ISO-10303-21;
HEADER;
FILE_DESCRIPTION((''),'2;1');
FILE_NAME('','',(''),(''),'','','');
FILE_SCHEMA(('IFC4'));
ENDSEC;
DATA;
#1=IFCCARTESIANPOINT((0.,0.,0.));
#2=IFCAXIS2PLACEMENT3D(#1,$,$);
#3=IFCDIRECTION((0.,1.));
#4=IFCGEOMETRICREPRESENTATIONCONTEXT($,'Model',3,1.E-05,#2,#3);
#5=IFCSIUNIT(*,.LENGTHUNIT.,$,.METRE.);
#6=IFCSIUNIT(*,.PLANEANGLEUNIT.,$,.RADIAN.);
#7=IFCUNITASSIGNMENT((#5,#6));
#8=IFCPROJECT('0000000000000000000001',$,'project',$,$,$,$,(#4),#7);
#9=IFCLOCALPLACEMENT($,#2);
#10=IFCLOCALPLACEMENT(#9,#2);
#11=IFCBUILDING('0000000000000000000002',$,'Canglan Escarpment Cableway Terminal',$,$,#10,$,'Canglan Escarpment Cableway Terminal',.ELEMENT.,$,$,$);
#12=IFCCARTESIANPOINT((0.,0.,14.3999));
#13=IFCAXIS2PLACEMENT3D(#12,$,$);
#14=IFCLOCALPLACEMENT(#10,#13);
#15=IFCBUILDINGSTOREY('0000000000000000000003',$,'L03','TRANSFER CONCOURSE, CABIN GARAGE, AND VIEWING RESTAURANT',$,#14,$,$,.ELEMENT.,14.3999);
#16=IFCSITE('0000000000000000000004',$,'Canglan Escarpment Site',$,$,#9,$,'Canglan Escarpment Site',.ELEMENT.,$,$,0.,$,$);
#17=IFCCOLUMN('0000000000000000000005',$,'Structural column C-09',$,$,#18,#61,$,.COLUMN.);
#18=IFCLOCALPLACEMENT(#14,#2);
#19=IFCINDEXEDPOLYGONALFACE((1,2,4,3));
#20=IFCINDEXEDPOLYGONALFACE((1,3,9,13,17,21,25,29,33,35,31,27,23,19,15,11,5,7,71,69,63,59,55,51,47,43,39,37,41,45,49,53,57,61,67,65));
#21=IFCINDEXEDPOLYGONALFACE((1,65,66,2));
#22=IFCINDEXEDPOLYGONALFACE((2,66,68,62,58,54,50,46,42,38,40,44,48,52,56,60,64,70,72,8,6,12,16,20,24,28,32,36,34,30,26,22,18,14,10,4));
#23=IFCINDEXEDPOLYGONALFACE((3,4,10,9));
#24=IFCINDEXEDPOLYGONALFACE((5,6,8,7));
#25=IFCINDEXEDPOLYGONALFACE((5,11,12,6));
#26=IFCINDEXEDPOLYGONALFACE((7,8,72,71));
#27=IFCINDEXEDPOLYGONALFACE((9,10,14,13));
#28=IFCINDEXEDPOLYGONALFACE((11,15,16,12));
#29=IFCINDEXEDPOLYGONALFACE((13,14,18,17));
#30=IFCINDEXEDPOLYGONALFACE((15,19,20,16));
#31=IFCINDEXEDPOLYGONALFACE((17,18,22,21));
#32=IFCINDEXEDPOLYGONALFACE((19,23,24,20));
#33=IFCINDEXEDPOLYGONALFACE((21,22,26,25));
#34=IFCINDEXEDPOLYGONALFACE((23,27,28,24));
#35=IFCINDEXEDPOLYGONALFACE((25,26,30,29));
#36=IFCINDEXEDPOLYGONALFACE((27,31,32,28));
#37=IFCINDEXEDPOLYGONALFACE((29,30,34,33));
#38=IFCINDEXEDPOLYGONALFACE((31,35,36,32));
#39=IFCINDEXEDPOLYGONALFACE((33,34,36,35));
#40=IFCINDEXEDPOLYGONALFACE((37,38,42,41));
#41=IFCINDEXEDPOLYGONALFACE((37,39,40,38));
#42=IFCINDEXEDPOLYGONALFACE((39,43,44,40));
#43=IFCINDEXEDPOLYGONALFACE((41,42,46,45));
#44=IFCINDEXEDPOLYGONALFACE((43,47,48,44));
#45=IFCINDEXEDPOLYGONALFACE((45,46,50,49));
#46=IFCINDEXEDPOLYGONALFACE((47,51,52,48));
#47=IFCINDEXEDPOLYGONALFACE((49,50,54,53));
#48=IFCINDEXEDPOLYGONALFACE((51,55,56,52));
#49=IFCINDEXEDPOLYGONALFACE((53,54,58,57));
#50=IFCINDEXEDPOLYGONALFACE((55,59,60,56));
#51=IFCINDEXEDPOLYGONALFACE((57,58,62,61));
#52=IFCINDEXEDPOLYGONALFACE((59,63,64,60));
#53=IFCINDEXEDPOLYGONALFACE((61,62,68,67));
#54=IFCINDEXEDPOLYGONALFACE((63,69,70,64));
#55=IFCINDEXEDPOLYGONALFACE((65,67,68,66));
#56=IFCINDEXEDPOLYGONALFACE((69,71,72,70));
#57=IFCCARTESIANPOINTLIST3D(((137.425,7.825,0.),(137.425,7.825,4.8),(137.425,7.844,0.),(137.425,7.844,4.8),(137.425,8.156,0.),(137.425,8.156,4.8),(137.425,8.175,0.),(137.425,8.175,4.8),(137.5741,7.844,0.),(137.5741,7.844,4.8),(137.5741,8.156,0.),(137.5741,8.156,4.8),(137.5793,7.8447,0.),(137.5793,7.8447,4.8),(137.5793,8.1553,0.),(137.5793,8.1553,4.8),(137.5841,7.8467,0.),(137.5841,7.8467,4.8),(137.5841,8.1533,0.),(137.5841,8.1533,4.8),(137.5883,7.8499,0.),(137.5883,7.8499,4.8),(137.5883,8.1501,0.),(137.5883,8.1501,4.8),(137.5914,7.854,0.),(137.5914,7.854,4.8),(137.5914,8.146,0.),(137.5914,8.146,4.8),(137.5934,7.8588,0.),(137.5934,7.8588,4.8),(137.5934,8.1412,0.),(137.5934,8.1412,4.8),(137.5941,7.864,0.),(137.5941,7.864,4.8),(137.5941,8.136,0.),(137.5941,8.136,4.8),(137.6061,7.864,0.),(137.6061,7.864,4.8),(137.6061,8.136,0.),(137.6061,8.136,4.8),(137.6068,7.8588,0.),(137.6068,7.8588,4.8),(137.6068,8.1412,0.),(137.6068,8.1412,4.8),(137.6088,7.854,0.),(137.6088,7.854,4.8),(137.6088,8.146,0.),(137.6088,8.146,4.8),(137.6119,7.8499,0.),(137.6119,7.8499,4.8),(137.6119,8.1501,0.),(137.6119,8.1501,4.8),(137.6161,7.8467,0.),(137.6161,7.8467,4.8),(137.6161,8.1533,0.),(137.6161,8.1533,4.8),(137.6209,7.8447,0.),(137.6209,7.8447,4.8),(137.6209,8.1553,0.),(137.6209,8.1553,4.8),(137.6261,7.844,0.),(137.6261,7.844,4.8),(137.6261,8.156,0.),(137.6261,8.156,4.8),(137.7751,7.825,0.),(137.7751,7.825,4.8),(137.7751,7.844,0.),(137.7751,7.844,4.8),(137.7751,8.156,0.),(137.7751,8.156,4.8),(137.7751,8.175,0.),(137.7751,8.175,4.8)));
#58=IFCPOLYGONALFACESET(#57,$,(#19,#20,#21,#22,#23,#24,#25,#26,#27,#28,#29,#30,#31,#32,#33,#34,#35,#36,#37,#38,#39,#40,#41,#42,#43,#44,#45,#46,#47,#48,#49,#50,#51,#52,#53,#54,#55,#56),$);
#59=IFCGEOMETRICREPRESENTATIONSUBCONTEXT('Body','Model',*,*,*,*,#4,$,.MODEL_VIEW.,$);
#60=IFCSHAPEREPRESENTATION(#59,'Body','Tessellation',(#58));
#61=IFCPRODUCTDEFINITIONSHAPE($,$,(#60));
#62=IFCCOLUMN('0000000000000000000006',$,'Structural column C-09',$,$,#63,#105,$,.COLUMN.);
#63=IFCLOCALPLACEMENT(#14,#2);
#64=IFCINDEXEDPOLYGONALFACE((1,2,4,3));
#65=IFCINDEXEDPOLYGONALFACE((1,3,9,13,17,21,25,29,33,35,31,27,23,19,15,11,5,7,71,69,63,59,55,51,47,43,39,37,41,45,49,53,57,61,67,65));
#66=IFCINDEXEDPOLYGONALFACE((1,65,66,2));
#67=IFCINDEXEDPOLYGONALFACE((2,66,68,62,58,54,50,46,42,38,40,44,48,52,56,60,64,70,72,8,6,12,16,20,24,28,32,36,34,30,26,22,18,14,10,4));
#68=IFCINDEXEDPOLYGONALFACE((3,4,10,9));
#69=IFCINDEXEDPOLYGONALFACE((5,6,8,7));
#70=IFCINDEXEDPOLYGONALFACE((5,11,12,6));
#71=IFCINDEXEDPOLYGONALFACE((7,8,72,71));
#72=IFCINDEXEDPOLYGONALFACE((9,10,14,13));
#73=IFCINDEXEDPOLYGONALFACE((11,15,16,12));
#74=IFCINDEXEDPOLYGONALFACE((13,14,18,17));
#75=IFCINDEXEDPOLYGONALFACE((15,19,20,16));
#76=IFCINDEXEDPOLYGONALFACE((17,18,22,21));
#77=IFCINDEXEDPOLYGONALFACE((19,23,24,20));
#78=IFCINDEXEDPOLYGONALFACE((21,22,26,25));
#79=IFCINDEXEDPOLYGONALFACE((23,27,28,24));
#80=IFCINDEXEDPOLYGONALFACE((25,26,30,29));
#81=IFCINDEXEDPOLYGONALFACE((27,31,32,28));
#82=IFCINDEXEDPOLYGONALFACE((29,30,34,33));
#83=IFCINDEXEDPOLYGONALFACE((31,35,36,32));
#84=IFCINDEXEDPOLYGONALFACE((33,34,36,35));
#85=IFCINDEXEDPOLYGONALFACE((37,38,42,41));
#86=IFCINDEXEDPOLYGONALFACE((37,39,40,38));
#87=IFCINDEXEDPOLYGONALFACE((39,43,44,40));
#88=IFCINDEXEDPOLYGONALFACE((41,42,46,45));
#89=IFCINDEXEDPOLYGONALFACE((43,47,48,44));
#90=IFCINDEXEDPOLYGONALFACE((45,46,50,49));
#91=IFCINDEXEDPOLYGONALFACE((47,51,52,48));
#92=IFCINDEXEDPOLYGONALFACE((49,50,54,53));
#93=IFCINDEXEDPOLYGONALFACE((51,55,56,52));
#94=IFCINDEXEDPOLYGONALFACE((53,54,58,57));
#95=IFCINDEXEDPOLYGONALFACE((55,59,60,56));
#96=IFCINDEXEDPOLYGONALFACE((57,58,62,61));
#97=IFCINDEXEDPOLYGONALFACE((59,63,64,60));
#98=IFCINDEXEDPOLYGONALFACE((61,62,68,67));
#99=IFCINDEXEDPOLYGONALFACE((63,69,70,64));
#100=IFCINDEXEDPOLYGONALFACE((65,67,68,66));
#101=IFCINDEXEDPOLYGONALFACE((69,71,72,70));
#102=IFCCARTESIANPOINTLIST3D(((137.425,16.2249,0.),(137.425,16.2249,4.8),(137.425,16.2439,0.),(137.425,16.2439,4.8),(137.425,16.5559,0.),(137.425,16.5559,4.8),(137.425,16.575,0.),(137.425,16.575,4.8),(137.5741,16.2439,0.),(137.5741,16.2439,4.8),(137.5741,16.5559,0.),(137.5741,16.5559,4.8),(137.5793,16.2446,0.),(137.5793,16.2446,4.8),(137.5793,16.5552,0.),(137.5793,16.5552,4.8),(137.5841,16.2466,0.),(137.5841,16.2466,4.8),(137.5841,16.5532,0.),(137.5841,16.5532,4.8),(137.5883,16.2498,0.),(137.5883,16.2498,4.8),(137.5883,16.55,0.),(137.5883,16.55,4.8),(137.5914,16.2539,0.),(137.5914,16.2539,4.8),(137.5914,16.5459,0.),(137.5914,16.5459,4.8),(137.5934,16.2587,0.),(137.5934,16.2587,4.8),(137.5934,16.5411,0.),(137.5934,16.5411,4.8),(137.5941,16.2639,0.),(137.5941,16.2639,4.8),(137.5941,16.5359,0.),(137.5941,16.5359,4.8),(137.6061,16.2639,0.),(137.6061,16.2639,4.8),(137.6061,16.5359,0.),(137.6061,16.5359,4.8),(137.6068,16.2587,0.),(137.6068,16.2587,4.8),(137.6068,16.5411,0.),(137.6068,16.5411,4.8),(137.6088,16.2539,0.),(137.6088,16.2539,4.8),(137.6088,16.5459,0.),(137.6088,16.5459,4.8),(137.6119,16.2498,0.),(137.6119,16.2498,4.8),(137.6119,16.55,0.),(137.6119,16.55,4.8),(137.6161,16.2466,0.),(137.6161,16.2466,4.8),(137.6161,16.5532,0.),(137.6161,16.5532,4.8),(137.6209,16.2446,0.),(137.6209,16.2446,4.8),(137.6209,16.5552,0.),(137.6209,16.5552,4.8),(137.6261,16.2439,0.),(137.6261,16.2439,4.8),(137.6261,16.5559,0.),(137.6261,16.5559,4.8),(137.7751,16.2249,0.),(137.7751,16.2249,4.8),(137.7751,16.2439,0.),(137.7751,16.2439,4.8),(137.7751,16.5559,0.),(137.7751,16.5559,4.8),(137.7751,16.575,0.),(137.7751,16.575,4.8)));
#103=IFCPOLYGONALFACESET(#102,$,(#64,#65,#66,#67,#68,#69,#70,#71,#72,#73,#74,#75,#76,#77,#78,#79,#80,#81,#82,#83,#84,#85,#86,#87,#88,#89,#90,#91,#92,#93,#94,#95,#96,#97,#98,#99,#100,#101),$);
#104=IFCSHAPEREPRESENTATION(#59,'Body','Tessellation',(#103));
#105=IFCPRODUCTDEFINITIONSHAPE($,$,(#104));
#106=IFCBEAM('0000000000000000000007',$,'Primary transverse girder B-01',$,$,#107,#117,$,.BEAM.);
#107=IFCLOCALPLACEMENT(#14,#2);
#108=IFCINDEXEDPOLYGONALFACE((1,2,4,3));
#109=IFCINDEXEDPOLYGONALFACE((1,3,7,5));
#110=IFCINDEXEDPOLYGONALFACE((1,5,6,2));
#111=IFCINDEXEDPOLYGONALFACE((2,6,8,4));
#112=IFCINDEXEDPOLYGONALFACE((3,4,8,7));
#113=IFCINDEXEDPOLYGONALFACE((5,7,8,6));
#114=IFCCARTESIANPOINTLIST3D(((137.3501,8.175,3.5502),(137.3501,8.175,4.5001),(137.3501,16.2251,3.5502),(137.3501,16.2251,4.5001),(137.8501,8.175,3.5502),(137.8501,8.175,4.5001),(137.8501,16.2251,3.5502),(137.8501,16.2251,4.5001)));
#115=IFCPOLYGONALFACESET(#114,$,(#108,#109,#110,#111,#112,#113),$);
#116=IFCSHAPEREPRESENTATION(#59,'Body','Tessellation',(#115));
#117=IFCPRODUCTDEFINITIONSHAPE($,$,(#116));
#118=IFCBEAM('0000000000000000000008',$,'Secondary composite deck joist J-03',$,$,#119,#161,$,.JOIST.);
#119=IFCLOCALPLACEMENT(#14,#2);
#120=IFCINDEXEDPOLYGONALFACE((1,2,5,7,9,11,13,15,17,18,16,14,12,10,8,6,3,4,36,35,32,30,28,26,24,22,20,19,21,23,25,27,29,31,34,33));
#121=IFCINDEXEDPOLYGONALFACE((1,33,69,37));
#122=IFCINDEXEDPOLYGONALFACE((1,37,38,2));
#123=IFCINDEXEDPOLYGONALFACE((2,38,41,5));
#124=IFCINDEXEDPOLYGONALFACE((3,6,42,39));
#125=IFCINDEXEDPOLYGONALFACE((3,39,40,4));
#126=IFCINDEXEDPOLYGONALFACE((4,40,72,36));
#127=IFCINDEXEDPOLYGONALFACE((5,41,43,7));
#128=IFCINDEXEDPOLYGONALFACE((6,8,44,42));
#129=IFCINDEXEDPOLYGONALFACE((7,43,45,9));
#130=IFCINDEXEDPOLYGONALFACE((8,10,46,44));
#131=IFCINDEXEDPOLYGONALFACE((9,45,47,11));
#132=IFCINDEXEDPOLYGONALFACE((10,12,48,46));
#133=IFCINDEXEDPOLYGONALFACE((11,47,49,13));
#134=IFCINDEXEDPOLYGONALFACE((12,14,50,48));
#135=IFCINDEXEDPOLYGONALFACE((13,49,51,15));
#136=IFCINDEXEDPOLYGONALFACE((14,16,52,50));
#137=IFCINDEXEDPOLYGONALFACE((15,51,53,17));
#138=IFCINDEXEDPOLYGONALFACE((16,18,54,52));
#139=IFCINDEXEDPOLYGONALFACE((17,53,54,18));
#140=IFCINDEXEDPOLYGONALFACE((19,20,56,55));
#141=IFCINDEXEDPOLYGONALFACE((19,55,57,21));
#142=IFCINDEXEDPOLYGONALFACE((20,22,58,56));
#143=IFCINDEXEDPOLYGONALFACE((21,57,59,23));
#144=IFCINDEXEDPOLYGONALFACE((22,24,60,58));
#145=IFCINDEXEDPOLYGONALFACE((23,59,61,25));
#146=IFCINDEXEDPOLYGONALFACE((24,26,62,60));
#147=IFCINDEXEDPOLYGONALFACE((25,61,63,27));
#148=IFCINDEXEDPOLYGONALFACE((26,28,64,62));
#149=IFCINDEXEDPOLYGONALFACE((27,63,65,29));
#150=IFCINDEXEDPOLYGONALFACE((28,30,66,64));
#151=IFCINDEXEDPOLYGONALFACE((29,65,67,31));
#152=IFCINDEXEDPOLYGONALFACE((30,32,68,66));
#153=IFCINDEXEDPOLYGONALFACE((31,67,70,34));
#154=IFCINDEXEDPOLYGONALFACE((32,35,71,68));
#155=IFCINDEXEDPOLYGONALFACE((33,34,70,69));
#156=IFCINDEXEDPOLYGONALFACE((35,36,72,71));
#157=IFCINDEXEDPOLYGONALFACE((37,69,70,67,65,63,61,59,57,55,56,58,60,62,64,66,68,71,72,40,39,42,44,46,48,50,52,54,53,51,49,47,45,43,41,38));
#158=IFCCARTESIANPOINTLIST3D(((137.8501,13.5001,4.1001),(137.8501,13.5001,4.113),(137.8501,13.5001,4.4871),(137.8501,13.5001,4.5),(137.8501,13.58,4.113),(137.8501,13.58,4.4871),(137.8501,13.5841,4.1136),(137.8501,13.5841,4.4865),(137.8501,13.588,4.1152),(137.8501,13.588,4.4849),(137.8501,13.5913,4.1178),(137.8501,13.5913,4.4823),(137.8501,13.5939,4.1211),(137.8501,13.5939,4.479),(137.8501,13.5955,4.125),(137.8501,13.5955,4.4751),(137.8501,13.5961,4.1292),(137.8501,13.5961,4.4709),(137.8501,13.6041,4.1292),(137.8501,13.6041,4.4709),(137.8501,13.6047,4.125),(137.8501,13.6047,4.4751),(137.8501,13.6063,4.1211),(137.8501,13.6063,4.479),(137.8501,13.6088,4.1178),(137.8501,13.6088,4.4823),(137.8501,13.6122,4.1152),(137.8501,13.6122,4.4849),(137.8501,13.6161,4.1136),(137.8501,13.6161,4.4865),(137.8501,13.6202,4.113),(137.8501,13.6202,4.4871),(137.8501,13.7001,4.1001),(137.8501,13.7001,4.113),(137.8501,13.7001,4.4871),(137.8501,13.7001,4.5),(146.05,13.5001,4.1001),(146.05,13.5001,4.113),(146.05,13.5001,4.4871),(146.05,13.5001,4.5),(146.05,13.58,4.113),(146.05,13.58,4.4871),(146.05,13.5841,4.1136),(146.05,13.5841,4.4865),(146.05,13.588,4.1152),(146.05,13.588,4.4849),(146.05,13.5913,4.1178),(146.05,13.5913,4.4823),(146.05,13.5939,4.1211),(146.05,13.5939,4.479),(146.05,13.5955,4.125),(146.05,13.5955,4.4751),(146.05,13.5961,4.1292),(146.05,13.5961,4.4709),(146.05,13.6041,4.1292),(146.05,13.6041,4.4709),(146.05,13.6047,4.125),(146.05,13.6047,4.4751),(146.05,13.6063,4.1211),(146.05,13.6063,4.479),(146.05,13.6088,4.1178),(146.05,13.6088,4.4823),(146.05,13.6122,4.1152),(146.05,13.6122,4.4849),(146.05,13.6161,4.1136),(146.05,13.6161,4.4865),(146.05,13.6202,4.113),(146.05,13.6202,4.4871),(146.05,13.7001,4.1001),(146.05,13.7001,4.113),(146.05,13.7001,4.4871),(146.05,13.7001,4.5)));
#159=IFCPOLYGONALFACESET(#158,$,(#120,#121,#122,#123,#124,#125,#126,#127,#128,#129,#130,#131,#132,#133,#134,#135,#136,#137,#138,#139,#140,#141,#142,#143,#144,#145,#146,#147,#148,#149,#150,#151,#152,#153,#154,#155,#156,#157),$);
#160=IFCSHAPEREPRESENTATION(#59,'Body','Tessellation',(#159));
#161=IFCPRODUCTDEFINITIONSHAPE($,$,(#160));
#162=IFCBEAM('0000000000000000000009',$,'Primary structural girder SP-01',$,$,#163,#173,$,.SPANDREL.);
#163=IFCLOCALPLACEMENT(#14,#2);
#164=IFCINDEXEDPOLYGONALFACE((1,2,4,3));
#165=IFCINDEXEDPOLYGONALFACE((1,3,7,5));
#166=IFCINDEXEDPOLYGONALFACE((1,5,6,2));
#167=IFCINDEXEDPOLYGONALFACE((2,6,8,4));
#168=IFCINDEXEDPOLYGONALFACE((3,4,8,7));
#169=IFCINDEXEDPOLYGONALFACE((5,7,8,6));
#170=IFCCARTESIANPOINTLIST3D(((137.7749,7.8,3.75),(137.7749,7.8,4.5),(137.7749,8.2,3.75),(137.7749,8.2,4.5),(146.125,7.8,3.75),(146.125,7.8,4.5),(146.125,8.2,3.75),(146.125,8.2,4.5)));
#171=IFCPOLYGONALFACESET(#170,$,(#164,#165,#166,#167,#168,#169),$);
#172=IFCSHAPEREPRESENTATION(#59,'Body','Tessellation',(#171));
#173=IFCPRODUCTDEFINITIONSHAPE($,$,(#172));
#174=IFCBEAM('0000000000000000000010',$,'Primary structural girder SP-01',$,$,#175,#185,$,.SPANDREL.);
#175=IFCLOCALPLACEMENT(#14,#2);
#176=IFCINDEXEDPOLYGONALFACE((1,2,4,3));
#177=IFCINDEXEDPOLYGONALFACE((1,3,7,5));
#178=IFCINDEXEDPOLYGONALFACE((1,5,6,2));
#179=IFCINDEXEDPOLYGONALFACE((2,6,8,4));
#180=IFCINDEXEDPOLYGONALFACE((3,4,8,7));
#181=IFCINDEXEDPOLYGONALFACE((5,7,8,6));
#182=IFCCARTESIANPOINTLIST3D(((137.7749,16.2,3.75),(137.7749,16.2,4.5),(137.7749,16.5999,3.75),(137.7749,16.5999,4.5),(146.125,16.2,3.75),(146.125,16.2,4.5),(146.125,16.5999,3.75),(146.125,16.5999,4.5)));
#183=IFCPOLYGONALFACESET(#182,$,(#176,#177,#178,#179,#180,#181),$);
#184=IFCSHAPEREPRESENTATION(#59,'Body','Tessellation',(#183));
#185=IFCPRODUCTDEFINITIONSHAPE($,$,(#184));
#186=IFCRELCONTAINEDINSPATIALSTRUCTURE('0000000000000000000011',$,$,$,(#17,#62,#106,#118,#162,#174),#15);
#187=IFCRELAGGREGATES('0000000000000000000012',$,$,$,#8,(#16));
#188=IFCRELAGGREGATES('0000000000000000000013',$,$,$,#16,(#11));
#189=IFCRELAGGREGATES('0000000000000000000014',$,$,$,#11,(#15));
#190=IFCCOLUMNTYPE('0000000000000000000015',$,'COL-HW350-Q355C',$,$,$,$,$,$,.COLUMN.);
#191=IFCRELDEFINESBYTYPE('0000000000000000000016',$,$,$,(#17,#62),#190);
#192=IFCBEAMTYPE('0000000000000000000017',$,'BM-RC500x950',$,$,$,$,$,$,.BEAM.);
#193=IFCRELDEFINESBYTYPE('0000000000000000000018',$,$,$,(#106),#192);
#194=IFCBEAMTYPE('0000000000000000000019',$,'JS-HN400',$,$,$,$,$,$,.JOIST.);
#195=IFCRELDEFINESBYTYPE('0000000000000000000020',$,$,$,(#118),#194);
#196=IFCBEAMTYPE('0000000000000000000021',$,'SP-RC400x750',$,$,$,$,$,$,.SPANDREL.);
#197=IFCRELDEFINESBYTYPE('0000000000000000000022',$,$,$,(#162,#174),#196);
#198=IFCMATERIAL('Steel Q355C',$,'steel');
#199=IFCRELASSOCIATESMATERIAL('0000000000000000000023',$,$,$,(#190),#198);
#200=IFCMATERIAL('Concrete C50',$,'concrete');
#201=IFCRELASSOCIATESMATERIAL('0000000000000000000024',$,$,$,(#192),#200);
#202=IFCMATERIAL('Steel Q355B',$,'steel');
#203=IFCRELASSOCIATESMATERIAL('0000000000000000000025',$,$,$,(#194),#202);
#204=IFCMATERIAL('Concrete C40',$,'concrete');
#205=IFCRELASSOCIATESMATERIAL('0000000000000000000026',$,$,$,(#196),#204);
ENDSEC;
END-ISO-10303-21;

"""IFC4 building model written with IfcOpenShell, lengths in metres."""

from ifc_helpers import new_model, si_unit, direction, frame, origin, origin_2d, place, context, subcontext, project, spatial, rectangle, i_section, extrude, material, material_profile, profile_set, type_object, element, save


model = new_model("IFC4")

# Units and contexts
model_context = context("Model", 3, precision=1e-05, world=origin(), true_north=direction((0.0, 1.0)))
body_context = subcontext(model_context, "Body", "Model", "MODEL_VIEW")
ifc_project = project(units=[si_unit("LENGTHUNIT", "METRE"), si_unit("PLANEANGLEUNIT", "RADIAN")], contexts=[model_context])

# Site, building, storey
site_placement = place(None, origin())
site = spatial("IfcSite", under=ifc_project, at=site_placement, Name="Canglan Escarpment Site", LongName="Canglan Escarpment Site", CompositionType="ELEMENT", RefElevation=0.0)
building_placement = place(site_placement, origin())
building = spatial("IfcBuilding", under=site, at=building_placement, Name="Canglan Escarpment Cableway Terminal", LongName="Canglan Escarpment Cableway Terminal", CompositionType="ELEMENT")
storey_placement = place(building_placement, frame((0.0, 0.0, 14.3999)))
storey = spatial("IfcBuildingStorey", under=building, at=storey_placement, Name="L03", Description="TRANSFER CONCOURSE, CABIN GARAGE, AND VIEWING RESTAURANT", CompositionType="ELEMENT", Elevation=14.3999)

# Columns
ifc_material_1 = material(Name="Steel Q355C", Category="steel")
ifc_material_profile_1 = material_profile(ifc_material_1, i_section(OverallWidth=0.3501, OverallDepth=0.3501, WebThickness=0.012, FlangeThickness=0.019, FilletRadius=0.02, at=origin_2d()), Name="HW 350x350x12x19")
ifc_profile_set_1 = profile_set([ifc_material_profile_1], Name="Steel Q355C")
column_type = type_object("IfcColumnType", Name="COL-HW350-Q355C", PredefinedType="COLUMN", material=ifc_profile_set_1)
for number, where, z_axis, x_axis, name in (
    (1, (137.6001, 8.0, 0.0), (0.0, 0.0, 1.0), (1.0, 0.0, 0.0), "Structural column C-09"),
    (2, (137.6001, 16.3999, 0.0), (0.0, 0.0, 1.0), (1.0, 0.0, 0.0), "Structural column C-09"),
):
    element("IfcColumn", number, at=place(storey_placement, frame(where, z_axis=z_axis, x_axis=x_axis)), inside=storey, type_object=column_type, Name=name, PredefinedType="COLUMN", context=body_context, shape_type="SweptSolid", body=[
        extrude(i_section(OverallWidth=0.3501, OverallDepth=0.3501, WebThickness=0.012, FlangeThickness=0.019, FilletRadius=0.02, at=origin_2d()), origin(), (0.0, 0.0, 1.0), 4.8),
    ])

# Beams
ifc_material_2 = material(Name="Concrete C50", Category="concrete")
ifc_material_profile_2 = material_profile(ifc_material_2, rectangle(XDim=0.5, YDim=0.95, at=origin_2d()), Name="RC 500x950")
ifc_profile_set_2 = profile_set([ifc_material_profile_2], Name="Concrete C50")
beam_type_1 = type_object("IfcBeamType", Name="BM-RC500x950", PredefinedType="BEAM", material=ifc_profile_set_2)
beam_1_placement = place(storey_placement, frame((137.6001, 8.175, 4.0251), z_axis=(0.0, 1.0, 0.0), x_axis=(-1.0, 0.0, 0.0)))
element("IfcBeam", 3, at=beam_1_placement, inside=storey, type_object=beam_type_1, Name="Primary transverse girder B-01", PredefinedType="BEAM", context=body_context, shape_type="SweptSolid", body=[
    extrude(rectangle(XDim=0.5, YDim=0.95, at=origin_2d()), origin(), (0.0, 0.0, 1.0), 8.05),
])
ifc_material_3 = material(Name="Steel Q355B", Category="steel")
ifc_material_profile_3 = material_profile(ifc_material_3, i_section(OverallWidth=0.2, OverallDepth=0.3999, WebThickness=0.0081, FlangeThickness=0.0129, FilletRadius=0.0161, at=origin_2d()), Name="HN 400x200x8x13")
ifc_profile_set_3 = profile_set([ifc_material_profile_3], Name="Steel Q355B")
beam_type_2 = type_object("IfcBeamType", Name="JS-HN400", PredefinedType="JOIST", material=ifc_profile_set_3)
beam_2_placement = place(storey_placement, frame((137.8501, 13.6001, 4.3), z_axis=(1.0, 0.0, 0.0), x_axis=(0.0, 1.0, 0.0)))
element("IfcBeam", 4, at=beam_2_placement, inside=storey, type_object=beam_type_2, Name="Secondary composite deck joist J-03", PredefinedType="JOIST", context=body_context, shape_type="SweptSolid", body=[
    extrude(i_section(OverallWidth=0.2, OverallDepth=0.3999, WebThickness=0.0081, FlangeThickness=0.0129, FilletRadius=0.0161, at=origin_2d()), origin(), (0.0, 0.0, 1.0), 8.2),
])
ifc_material_4 = material(Name="Concrete C40", Category="concrete")
ifc_material_profile_4 = material_profile(ifc_material_4, rectangle(XDim=0.3999, YDim=0.75, at=origin_2d()), Name="RC 400x750")
ifc_profile_set_4 = profile_set([ifc_material_profile_4], Name="Concrete C40")
beam_type_3 = type_object("IfcBeamType", Name="SP-RC400x750", PredefinedType="SPANDREL", material=ifc_profile_set_4)
for number, where, z_axis, x_axis, name in (
    (5, (137.7749, 8.0, 4.125), (1.0, 0.0, 0.0), (0.0, 1.0, 0.0), "Primary structural girder SP-01"),
    (6, (137.7749, 16.3999, 4.125), (1.0, 0.0, 0.0), (0.0, 1.0, 0.0), "Primary structural girder SP-01"),
):
    element("IfcBeam", number, at=place(storey_placement, frame(where, z_axis=z_axis, x_axis=x_axis)), inside=storey, type_object=beam_type_3, Name=name, PredefinedType="SPANDREL", context=body_context, shape_type="SweptSolid", body=[
        extrude(rectangle(XDim=0.3999, YDim=0.75, at=origin_2d()), origin(), (0.0, 0.0, 1.0), 8.3501),
    ])

save(model, "model.ifc")
